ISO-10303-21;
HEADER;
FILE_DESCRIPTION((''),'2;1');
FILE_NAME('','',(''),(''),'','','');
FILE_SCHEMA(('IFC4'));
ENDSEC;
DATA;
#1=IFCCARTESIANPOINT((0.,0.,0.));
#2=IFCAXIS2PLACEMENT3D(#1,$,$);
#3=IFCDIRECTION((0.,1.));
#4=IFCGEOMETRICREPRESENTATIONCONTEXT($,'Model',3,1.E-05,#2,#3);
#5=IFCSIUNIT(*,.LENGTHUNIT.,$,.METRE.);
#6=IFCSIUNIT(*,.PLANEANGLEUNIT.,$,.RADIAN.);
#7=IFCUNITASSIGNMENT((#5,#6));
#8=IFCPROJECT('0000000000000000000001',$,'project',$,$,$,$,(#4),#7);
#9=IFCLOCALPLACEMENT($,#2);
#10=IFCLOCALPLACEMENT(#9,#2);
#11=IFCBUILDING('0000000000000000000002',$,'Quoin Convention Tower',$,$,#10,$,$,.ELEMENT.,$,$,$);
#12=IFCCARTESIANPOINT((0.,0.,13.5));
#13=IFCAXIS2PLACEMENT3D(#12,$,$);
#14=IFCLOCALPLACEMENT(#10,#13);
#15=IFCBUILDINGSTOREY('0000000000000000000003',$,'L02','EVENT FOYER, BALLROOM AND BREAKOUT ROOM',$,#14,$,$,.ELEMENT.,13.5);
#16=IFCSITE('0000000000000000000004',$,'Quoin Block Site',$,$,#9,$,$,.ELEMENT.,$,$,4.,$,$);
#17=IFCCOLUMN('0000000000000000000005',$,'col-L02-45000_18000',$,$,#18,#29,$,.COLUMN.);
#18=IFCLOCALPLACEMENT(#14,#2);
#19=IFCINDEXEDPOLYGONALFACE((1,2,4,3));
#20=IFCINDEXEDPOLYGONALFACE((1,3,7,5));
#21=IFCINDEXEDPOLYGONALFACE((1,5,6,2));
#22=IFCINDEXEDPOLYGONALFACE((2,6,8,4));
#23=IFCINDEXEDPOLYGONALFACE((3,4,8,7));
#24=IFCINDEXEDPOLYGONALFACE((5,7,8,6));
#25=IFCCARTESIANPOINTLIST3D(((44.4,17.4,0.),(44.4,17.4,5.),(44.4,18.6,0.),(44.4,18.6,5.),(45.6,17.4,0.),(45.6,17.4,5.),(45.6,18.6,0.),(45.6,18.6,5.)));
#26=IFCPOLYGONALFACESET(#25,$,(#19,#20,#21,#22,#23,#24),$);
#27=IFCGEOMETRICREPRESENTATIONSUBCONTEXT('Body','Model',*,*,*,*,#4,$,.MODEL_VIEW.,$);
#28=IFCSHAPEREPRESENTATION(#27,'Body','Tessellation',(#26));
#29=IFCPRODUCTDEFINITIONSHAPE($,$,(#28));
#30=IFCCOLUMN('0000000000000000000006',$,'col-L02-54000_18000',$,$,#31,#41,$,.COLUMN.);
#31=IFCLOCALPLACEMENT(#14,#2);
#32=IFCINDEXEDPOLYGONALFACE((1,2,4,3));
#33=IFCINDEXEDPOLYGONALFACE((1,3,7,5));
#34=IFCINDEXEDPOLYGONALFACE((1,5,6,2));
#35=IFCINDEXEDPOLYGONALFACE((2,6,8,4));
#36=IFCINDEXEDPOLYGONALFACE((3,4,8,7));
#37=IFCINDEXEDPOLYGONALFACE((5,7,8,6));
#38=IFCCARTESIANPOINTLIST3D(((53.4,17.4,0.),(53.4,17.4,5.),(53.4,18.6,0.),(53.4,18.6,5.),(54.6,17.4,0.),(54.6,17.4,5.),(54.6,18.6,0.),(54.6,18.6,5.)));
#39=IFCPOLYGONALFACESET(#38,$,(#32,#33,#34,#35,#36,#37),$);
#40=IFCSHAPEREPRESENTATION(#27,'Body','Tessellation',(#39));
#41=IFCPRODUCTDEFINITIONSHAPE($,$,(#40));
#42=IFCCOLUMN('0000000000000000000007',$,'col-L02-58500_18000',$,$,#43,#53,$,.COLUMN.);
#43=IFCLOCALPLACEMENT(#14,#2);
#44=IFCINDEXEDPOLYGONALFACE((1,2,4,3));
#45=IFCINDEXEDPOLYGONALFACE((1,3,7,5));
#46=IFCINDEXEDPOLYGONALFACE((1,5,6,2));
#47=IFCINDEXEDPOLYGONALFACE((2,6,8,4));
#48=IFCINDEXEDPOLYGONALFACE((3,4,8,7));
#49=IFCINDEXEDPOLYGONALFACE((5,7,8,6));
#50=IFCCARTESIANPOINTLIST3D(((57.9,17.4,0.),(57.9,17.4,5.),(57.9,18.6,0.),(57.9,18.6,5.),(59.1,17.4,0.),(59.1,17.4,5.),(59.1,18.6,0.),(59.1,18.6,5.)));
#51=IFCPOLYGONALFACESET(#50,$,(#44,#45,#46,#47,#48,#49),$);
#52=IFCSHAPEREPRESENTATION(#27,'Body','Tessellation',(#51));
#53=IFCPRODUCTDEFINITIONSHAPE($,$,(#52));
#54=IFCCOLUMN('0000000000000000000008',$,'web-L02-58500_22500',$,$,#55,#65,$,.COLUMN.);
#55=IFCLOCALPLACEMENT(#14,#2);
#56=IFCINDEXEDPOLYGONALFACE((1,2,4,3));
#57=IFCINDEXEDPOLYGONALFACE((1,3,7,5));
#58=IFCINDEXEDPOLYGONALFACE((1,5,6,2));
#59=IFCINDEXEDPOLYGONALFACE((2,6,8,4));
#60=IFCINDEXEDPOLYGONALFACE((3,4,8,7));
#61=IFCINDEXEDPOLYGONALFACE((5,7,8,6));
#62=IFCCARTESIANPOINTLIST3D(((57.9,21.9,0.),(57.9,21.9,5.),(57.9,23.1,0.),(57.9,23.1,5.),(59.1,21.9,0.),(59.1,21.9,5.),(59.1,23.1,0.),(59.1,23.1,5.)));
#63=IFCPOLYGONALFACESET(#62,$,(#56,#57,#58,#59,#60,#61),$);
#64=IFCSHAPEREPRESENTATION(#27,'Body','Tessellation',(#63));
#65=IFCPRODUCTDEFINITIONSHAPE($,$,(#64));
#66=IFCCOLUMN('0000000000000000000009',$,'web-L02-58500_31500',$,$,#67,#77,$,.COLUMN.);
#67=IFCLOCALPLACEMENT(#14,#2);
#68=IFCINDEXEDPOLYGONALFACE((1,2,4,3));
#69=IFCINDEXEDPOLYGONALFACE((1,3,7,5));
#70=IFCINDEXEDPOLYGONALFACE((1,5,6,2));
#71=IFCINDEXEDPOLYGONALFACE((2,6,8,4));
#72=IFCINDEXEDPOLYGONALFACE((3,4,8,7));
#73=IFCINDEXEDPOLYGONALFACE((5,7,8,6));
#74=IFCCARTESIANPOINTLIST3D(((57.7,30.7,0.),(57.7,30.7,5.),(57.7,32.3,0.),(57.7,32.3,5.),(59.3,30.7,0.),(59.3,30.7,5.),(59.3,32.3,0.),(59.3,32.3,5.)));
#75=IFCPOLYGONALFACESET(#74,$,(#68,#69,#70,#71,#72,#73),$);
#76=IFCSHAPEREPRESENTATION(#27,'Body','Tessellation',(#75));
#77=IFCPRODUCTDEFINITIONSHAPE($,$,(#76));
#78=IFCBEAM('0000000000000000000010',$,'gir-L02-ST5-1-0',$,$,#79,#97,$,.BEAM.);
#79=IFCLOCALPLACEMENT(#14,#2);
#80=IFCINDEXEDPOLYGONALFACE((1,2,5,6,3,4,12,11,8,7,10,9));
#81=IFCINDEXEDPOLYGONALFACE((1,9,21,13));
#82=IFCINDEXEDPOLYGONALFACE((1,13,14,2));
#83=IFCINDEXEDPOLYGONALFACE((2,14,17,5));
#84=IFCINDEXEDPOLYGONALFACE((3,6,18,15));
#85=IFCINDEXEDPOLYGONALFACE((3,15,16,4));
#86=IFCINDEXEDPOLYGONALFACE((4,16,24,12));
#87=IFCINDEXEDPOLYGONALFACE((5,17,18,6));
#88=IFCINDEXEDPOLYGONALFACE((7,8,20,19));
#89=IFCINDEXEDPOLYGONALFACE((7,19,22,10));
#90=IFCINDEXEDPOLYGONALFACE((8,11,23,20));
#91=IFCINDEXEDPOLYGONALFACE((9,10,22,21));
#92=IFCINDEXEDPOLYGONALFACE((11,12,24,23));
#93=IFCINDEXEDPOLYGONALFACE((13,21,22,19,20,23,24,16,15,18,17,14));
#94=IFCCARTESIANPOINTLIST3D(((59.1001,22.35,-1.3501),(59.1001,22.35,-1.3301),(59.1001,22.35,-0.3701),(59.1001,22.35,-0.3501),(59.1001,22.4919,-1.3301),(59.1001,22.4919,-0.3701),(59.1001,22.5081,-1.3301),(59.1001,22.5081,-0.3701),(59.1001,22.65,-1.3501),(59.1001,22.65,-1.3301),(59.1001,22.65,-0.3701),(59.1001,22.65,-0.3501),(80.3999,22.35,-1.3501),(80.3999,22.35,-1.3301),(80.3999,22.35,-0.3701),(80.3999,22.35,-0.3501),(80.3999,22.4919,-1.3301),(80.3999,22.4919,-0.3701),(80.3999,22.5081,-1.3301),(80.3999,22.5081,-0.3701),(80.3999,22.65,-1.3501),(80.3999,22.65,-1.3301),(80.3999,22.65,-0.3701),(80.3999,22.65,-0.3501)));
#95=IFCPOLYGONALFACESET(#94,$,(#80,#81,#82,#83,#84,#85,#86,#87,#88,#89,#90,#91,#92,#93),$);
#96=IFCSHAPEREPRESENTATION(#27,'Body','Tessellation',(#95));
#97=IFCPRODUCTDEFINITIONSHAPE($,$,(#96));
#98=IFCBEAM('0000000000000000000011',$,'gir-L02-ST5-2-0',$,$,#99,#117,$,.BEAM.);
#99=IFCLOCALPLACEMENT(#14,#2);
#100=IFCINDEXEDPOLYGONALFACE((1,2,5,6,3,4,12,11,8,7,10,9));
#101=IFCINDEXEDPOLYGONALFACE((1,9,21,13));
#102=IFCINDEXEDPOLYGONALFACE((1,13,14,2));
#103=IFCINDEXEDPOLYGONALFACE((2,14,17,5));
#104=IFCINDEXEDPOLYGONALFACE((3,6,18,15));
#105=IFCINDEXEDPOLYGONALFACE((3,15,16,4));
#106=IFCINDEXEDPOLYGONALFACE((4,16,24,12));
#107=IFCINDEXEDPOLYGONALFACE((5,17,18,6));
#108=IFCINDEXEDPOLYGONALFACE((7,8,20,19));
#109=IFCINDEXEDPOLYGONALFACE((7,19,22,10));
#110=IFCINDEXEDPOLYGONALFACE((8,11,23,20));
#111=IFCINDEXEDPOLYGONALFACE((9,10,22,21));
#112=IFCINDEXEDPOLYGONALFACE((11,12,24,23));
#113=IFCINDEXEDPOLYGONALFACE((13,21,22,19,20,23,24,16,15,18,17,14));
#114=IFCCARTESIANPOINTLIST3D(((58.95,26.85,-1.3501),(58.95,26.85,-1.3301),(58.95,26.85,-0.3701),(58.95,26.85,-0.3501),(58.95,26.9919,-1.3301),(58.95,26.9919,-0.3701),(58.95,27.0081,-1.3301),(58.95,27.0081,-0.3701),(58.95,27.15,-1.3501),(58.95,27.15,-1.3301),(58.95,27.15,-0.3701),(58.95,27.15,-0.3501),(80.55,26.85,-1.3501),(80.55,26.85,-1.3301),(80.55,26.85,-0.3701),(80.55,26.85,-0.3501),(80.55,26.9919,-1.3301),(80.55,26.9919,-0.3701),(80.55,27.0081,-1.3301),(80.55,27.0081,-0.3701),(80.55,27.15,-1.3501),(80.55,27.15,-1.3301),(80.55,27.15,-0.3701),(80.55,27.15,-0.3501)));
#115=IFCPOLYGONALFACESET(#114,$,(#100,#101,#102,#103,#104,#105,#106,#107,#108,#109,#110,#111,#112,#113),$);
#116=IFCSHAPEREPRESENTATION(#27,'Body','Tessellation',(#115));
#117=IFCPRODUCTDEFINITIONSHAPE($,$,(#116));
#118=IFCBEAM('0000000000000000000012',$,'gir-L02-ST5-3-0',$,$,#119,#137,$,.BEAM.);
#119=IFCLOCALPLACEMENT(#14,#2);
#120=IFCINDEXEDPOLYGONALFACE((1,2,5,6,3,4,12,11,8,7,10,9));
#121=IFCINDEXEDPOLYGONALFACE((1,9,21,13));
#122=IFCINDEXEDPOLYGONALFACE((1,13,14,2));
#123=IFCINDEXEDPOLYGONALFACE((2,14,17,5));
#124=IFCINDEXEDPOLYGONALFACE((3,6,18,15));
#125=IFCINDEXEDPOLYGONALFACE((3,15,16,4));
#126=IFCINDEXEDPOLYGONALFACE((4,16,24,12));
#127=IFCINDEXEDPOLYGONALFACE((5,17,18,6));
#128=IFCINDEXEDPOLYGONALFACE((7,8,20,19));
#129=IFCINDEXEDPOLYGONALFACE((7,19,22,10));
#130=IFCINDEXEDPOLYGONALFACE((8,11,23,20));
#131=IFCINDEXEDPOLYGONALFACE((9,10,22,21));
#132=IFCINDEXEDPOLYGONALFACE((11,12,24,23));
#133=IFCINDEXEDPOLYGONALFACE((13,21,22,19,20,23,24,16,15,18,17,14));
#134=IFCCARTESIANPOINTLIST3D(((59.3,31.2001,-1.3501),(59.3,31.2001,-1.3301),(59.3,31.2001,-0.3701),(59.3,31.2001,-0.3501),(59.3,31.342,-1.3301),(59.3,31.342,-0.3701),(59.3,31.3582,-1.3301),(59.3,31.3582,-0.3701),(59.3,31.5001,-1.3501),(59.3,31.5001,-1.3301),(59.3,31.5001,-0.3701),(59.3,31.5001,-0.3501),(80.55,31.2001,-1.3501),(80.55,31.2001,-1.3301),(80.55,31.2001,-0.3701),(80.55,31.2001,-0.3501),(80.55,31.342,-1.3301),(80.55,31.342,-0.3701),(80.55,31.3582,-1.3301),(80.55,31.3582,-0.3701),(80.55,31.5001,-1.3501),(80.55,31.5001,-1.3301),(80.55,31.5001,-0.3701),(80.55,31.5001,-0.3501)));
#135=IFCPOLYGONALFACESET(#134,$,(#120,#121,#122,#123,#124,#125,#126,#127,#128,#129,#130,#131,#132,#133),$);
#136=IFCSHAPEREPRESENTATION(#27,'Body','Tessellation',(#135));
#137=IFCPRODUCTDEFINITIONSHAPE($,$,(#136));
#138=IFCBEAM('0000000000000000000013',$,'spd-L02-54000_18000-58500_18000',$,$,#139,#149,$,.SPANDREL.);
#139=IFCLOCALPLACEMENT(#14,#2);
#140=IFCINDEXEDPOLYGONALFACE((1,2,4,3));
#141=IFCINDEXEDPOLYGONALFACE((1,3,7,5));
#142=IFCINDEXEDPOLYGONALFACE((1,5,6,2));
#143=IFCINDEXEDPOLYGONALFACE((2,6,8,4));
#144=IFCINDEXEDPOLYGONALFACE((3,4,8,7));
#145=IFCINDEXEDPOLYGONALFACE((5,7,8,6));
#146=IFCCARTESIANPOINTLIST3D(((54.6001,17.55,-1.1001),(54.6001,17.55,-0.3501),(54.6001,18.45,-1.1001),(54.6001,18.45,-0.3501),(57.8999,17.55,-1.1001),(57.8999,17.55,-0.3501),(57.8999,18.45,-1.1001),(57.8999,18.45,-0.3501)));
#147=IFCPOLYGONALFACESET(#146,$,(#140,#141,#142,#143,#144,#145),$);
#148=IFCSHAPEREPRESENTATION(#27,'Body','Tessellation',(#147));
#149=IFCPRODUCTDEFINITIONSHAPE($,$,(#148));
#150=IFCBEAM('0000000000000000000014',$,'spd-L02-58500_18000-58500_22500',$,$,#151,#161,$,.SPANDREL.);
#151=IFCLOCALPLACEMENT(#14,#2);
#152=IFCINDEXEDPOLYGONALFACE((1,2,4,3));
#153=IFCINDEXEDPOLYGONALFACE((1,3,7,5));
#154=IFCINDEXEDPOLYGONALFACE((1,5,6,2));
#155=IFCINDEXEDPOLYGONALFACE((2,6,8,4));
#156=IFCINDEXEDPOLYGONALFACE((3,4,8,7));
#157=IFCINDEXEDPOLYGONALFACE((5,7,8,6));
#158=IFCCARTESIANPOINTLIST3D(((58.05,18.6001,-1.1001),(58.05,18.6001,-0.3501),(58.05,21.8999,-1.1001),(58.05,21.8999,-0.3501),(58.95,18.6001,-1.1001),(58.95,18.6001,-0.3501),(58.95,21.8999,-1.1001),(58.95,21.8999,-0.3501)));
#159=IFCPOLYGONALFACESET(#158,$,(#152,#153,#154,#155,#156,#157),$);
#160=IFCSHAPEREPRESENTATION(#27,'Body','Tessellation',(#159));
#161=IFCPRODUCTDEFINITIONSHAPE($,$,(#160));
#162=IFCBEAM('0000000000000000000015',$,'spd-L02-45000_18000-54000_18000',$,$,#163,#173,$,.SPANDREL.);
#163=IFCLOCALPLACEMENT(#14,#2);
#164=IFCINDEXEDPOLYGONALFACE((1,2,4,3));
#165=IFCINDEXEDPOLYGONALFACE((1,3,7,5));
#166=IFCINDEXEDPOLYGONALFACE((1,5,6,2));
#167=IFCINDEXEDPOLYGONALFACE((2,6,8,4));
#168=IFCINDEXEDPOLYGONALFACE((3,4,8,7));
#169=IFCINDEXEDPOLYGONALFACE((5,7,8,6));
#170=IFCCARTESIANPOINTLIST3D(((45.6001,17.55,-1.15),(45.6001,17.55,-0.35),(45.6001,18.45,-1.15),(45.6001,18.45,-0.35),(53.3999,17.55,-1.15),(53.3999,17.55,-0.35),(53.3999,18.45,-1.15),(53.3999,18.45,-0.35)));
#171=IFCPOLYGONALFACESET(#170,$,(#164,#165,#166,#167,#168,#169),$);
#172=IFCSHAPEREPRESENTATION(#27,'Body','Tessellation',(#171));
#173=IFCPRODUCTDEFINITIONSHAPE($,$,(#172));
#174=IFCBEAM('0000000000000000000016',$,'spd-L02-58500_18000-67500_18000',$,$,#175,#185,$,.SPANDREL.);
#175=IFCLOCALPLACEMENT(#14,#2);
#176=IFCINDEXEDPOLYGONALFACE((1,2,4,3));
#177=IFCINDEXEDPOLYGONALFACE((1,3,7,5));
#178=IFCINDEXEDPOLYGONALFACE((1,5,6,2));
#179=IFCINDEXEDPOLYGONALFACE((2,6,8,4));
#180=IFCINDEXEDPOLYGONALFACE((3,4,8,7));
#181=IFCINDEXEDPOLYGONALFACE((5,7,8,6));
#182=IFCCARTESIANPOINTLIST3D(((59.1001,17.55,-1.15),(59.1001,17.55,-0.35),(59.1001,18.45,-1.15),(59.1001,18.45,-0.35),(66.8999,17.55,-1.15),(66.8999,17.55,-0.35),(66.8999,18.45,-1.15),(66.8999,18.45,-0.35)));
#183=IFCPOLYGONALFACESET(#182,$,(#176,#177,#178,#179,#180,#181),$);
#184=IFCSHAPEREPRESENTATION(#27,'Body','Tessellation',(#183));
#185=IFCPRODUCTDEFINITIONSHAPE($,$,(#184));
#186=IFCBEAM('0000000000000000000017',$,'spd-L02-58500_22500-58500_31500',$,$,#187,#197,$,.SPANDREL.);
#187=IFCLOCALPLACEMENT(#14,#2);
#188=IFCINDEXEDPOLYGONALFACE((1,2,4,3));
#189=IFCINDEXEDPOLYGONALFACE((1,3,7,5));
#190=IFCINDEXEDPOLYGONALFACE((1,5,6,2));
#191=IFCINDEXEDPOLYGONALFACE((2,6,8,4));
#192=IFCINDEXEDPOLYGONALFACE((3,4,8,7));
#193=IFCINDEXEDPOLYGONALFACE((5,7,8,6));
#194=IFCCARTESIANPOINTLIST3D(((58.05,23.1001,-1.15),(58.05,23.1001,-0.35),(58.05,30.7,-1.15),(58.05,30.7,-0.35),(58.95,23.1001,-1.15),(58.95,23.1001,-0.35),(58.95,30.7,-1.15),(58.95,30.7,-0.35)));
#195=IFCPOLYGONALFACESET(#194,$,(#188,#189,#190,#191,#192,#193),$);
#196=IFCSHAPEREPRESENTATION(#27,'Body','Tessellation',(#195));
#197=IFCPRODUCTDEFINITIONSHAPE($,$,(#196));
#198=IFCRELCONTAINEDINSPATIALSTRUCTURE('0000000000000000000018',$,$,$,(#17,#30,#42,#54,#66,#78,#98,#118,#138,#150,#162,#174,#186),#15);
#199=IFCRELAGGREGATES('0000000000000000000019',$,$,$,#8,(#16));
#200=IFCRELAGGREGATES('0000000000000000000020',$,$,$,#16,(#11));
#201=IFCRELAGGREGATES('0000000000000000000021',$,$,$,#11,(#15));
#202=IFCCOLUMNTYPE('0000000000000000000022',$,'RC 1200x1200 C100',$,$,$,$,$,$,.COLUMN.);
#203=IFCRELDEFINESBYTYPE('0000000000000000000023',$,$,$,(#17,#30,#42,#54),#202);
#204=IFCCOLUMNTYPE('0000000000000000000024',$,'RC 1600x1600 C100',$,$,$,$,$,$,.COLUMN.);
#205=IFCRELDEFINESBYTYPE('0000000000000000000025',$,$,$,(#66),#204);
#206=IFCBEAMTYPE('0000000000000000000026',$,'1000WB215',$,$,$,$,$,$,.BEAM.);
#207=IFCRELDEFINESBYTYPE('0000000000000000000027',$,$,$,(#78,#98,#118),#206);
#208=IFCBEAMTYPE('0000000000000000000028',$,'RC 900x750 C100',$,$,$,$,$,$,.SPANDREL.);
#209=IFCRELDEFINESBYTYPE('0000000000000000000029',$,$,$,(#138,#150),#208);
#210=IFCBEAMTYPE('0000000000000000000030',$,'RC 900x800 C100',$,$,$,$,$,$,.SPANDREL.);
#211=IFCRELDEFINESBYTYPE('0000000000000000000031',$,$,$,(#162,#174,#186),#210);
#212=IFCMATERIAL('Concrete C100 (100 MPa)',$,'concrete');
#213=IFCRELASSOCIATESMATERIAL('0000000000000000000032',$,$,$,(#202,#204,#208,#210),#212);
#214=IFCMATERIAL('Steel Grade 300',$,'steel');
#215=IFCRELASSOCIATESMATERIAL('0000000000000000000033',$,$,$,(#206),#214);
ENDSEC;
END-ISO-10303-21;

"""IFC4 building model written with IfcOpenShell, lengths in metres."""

from ifc_helpers import new_model, si_unit, direction, frame, origin, origin_2d, place, context, subcontext, project, spatial, rectangle, i_section, extrude, material, material_profile, profile_set, type_object, element, save


model = new_model("IFC4")

# Units and contexts
model_context = context("Model", 3, precision=1e-05, world=origin(), true_north=direction((0.0, 1.0)))
body_context = subcontext(model_context, "Body", "Model", "MODEL_VIEW")
ifc_project = project(units=[si_unit("LENGTHUNIT", "METRE"), si_unit("PLANEANGLEUNIT", "RADIAN")], contexts=[model_context])

# Site, building, storey
site_placement = place(None, origin())
site = spatial("IfcSite", under=ifc_project, at=site_placement, Name="Quoin Block Site", CompositionType="ELEMENT", RefElevation=4.0)
building_placement = place(site_placement, origin())
building = spatial("IfcBuilding", under=site, at=building_placement, Name="Quoin Convention Tower", CompositionType="ELEMENT")
storey_placement = place(building_placement, frame((0.0, 0.0, 13.5)))
storey = spatial("IfcBuildingStorey", under=building, at=storey_placement, Name="L02", Description="EVENT FOYER, BALLROOM AND BREAKOUT ROOM", CompositionType="ELEMENT", Elevation=13.5)

# Columns
ifc_material_1 = material(Name="Concrete C100 (100 MPa)", Category="concrete")
ifc_material_profile_1 = material_profile(ifc_material_1, rectangle(XDim=1.2, YDim=1.2, at=origin_2d()), Name="RC 1200x1200")
ifc_profile_set_1 = profile_set([ifc_material_profile_1], Name="Concrete C100 (100 MPa)")
column_type_1 = type_object("IfcColumnType", Name="RC 1200x1200 C100", PredefinedType="COLUMN", material=ifc_profile_set_1)
for number, where, z_axis, x_axis, name in (
    (1, (45.0, 18.0, 0.0), (0.0, 0.0, 1.0), (1.0, 0.0, 0.0), "col-L02-45000_18000"),
    (2, (54.0, 18.0, 0.0), (0.0, 0.0, 1.0), (1.0, 0.0, 0.0), "col-L02-54000_18000"),
    (3, (58.5, 18.0, 0.0), (0.0, 0.0, 1.0), (1.0, 0.0, 0.0), "col-L02-58500_18000"),
    (4, (58.5, 22.5, 0.0), (0.0, 0.0, 1.0), (1.0, 0.0, 0.0), "web-L02-58500_22500"),
):
    element("IfcColumn", number, at=place(storey_placement, frame(where, z_axis=z_axis, x_axis=x_axis)), inside=storey, type_object=column_type_1, Name=name, PredefinedType="COLUMN", context=body_context, shape_type="SweptSolid", body=[
        extrude(rectangle(XDim=1.2, YDim=1.2, at=origin_2d()), origin(), (0.0, 0.0, 1.0), 5.0),
    ])
ifc_material_profile_2 = material_profile(ifc_material_1, rectangle(XDim=1.6001, YDim=1.6001, at=origin_2d()), Name="RC 1600x1600")
ifc_profile_set_2 = profile_set([ifc_material_profile_2], Name="Concrete C100 (100 MPa)")
column_type_2 = type_object("IfcColumnType", Name="RC 1600x1600 C100", PredefinedType="COLUMN", material=ifc_profile_set_2)
column_placement = place(storey_placement, frame((58.5, 31.5, 0.0), z_axis=(0.0, 0.0, 1.0), x_axis=(1.0, 0.0, 0.0)))
element("IfcColumn", 5, at=column_placement, inside=storey, type_object=column_type_2, Name="web-L02-58500_31500", PredefinedType="COLUMN", context=body_context, shape_type="SweptSolid", body=[
    extrude(rectangle(XDim=1.6001, YDim=1.6001, at=origin_2d()), origin(), (0.0, 0.0, 1.0), 5.0),
])

# Beams
ifc_material_2 = material(Name="Steel Grade 300", Category="steel")
ifc_material_profile_3 = material_profile(ifc_material_2, i_section(OverallWidth=0.3, OverallDepth=1.0, WebThickness=0.0161, FlangeThickness=0.02, at=origin_2d()), Name="1000WB215")
ifc_profile_set_3 = profile_set([ifc_material_profile_3], Name="Steel Grade 300")
beam_type_1 = type_object("IfcBeamType", Name="1000WB215", PredefinedType="BEAM", material=ifc_profile_set_3)
beam_1_placement = place(storey_placement, frame((59.1001, 22.5, -0.8501), z_axis=(1.0, 0.0, 0.0), x_axis=(0.0, 1.0, 0.0)))
element("IfcBeam", 6, at=beam_1_placement, inside=storey, type_object=beam_type_1, Name="gir-L02-ST5-1-0", PredefinedType="BEAM", context=body_context, shape_type="SweptSolid", body=[
    extrude(i_section(OverallWidth=0.3, OverallDepth=1.0, WebThickness=0.0161, FlangeThickness=0.02, at=origin_2d()), origin(), (0.0, 0.0, 1.0), 21.2998),
])
beam_2_placement = place(storey_placement, frame((58.95, 27.0, -0.8501), z_axis=(1.0, 0.0, 0.0), x_axis=(0.0, 1.0, 0.0)))
element("IfcBeam", 7, at=beam_2_placement, inside=storey, type_object=beam_type_1, Name="gir-L02-ST5-2-0", PredefinedType="BEAM", context=body_context, shape_type="SweptSolid", body=[
    extrude(i_section(OverallWidth=0.3, OverallDepth=1.0, WebThickness=0.0161, FlangeThickness=0.02, at=origin_2d()), origin(), (0.0, 0.0, 1.0), 21.6001),
])
beam_3_placement = place(storey_placement, frame((59.3, 31.3501, -0.8501), z_axis=(1.0, 0.0, 0.0), x_axis=(0.0, 1.0, 0.0)))
element("IfcBeam", 8, at=beam_3_placement, inside=storey, type_object=beam_type_1, Name="gir-L02-ST5-3-0", PredefinedType="BEAM", context=body_context, shape_type="SweptSolid", body=[
    extrude(i_section(OverallWidth=0.3, OverallDepth=1.0, WebThickness=0.0161, FlangeThickness=0.02, at=origin_2d()), origin(), (0.0, 0.0, 1.0), 21.25),
])
ifc_material_profile_4 = material_profile(ifc_material_1, rectangle(XDim=0.8999, YDim=0.75, at=origin_2d()), Name="RC 900x750")
ifc_profile_set_4 = profile_set([ifc_material_profile_4], Name="Concrete C100 (100 MPa)")
beam_type_2 = type_object("IfcBeamType", Name="RC 900x750 C100", PredefinedType="SPANDREL", material=ifc_profile_set_4)
for number, where, z_axis, x_axis, name in (
    (9, (54.6001, 18.0, -0.7251), (1.0, 0.0, 0.0), (0.0, 1.0, 0.0), "spd-L02-54000_18000-58500_18000"),
    (10, (58.5, 18.6001, -0.7251), (0.0, 1.0, 0.0), (-1.0, 0.0, 0.0), "spd-L02-58500_18000-58500_22500"),
):
    element("IfcBeam", number, at=place(storey_placement, frame(where, z_axis=z_axis, x_axis=x_axis)), inside=storey, type_object=beam_type_2, Name=name, PredefinedType="SPANDREL", context=body_context, shape_type="SweptSolid", body=[
        extrude(rectangle(XDim=0.8999, YDim=0.75, at=origin_2d()), origin(), (0.0, 0.0, 1.0), 3.2998),
    ])
ifc_material_profile_5 = material_profile(ifc_material_1, rectangle(XDim=0.8999, YDim=0.8, at=origin_2d()), Name="RC 900x800")
ifc_profile_set_5 = profile_set([ifc_material_profile_5], Name="Concrete C100 (100 MPa)")
beam_type_3 = type_object("IfcBeamType", Name="RC 900x800 C100", PredefinedType="SPANDREL", material=ifc_profile_set_5)
for number, where, z_axis, x_axis, name in (
    (11, (45.6001, 18.0, -0.75), (1.0, 0.0, 0.0), (0.0, 1.0, 0.0), "spd-L02-45000_18000-54000_18000"),
    (12, (59.1001, 18.0, -0.75), (1.0, 0.0, 0.0), (0.0, 1.0, 0.0), "spd-L02-58500_18000-67500_18000"),
):
    element("IfcBeam", number, at=place(storey_placement, frame(where, z_axis=z_axis, x_axis=x_axis)), inside=storey, type_object=beam_type_3, Name=name, PredefinedType="SPANDREL", context=body_context, shape_type="SweptSolid", body=[
        extrude(rectangle(XDim=0.8999, YDim=0.8, at=origin_2d()), origin(), (0.0, 0.0, 1.0), 7.7998),
    ])
beam_4_placement = place(storey_placement, frame((58.5, 23.1001, -0.75), z_axis=(0.0, 1.0, 0.0), x_axis=(-1.0, 0.0, 0.0)))
element("IfcBeam", 13, at=beam_4_placement, inside=storey, type_object=beam_type_3, Name="spd-L02-58500_22500-58500_31500", PredefinedType="SPANDREL", context=body_context, shape_type="SweptSolid", body=[
    extrude(rectangle(XDim=0.8999, YDim=0.8, at=origin_2d()), origin(), (0.0, 0.0, 1.0), 7.5999),
])

save(model, "model.ifc")
